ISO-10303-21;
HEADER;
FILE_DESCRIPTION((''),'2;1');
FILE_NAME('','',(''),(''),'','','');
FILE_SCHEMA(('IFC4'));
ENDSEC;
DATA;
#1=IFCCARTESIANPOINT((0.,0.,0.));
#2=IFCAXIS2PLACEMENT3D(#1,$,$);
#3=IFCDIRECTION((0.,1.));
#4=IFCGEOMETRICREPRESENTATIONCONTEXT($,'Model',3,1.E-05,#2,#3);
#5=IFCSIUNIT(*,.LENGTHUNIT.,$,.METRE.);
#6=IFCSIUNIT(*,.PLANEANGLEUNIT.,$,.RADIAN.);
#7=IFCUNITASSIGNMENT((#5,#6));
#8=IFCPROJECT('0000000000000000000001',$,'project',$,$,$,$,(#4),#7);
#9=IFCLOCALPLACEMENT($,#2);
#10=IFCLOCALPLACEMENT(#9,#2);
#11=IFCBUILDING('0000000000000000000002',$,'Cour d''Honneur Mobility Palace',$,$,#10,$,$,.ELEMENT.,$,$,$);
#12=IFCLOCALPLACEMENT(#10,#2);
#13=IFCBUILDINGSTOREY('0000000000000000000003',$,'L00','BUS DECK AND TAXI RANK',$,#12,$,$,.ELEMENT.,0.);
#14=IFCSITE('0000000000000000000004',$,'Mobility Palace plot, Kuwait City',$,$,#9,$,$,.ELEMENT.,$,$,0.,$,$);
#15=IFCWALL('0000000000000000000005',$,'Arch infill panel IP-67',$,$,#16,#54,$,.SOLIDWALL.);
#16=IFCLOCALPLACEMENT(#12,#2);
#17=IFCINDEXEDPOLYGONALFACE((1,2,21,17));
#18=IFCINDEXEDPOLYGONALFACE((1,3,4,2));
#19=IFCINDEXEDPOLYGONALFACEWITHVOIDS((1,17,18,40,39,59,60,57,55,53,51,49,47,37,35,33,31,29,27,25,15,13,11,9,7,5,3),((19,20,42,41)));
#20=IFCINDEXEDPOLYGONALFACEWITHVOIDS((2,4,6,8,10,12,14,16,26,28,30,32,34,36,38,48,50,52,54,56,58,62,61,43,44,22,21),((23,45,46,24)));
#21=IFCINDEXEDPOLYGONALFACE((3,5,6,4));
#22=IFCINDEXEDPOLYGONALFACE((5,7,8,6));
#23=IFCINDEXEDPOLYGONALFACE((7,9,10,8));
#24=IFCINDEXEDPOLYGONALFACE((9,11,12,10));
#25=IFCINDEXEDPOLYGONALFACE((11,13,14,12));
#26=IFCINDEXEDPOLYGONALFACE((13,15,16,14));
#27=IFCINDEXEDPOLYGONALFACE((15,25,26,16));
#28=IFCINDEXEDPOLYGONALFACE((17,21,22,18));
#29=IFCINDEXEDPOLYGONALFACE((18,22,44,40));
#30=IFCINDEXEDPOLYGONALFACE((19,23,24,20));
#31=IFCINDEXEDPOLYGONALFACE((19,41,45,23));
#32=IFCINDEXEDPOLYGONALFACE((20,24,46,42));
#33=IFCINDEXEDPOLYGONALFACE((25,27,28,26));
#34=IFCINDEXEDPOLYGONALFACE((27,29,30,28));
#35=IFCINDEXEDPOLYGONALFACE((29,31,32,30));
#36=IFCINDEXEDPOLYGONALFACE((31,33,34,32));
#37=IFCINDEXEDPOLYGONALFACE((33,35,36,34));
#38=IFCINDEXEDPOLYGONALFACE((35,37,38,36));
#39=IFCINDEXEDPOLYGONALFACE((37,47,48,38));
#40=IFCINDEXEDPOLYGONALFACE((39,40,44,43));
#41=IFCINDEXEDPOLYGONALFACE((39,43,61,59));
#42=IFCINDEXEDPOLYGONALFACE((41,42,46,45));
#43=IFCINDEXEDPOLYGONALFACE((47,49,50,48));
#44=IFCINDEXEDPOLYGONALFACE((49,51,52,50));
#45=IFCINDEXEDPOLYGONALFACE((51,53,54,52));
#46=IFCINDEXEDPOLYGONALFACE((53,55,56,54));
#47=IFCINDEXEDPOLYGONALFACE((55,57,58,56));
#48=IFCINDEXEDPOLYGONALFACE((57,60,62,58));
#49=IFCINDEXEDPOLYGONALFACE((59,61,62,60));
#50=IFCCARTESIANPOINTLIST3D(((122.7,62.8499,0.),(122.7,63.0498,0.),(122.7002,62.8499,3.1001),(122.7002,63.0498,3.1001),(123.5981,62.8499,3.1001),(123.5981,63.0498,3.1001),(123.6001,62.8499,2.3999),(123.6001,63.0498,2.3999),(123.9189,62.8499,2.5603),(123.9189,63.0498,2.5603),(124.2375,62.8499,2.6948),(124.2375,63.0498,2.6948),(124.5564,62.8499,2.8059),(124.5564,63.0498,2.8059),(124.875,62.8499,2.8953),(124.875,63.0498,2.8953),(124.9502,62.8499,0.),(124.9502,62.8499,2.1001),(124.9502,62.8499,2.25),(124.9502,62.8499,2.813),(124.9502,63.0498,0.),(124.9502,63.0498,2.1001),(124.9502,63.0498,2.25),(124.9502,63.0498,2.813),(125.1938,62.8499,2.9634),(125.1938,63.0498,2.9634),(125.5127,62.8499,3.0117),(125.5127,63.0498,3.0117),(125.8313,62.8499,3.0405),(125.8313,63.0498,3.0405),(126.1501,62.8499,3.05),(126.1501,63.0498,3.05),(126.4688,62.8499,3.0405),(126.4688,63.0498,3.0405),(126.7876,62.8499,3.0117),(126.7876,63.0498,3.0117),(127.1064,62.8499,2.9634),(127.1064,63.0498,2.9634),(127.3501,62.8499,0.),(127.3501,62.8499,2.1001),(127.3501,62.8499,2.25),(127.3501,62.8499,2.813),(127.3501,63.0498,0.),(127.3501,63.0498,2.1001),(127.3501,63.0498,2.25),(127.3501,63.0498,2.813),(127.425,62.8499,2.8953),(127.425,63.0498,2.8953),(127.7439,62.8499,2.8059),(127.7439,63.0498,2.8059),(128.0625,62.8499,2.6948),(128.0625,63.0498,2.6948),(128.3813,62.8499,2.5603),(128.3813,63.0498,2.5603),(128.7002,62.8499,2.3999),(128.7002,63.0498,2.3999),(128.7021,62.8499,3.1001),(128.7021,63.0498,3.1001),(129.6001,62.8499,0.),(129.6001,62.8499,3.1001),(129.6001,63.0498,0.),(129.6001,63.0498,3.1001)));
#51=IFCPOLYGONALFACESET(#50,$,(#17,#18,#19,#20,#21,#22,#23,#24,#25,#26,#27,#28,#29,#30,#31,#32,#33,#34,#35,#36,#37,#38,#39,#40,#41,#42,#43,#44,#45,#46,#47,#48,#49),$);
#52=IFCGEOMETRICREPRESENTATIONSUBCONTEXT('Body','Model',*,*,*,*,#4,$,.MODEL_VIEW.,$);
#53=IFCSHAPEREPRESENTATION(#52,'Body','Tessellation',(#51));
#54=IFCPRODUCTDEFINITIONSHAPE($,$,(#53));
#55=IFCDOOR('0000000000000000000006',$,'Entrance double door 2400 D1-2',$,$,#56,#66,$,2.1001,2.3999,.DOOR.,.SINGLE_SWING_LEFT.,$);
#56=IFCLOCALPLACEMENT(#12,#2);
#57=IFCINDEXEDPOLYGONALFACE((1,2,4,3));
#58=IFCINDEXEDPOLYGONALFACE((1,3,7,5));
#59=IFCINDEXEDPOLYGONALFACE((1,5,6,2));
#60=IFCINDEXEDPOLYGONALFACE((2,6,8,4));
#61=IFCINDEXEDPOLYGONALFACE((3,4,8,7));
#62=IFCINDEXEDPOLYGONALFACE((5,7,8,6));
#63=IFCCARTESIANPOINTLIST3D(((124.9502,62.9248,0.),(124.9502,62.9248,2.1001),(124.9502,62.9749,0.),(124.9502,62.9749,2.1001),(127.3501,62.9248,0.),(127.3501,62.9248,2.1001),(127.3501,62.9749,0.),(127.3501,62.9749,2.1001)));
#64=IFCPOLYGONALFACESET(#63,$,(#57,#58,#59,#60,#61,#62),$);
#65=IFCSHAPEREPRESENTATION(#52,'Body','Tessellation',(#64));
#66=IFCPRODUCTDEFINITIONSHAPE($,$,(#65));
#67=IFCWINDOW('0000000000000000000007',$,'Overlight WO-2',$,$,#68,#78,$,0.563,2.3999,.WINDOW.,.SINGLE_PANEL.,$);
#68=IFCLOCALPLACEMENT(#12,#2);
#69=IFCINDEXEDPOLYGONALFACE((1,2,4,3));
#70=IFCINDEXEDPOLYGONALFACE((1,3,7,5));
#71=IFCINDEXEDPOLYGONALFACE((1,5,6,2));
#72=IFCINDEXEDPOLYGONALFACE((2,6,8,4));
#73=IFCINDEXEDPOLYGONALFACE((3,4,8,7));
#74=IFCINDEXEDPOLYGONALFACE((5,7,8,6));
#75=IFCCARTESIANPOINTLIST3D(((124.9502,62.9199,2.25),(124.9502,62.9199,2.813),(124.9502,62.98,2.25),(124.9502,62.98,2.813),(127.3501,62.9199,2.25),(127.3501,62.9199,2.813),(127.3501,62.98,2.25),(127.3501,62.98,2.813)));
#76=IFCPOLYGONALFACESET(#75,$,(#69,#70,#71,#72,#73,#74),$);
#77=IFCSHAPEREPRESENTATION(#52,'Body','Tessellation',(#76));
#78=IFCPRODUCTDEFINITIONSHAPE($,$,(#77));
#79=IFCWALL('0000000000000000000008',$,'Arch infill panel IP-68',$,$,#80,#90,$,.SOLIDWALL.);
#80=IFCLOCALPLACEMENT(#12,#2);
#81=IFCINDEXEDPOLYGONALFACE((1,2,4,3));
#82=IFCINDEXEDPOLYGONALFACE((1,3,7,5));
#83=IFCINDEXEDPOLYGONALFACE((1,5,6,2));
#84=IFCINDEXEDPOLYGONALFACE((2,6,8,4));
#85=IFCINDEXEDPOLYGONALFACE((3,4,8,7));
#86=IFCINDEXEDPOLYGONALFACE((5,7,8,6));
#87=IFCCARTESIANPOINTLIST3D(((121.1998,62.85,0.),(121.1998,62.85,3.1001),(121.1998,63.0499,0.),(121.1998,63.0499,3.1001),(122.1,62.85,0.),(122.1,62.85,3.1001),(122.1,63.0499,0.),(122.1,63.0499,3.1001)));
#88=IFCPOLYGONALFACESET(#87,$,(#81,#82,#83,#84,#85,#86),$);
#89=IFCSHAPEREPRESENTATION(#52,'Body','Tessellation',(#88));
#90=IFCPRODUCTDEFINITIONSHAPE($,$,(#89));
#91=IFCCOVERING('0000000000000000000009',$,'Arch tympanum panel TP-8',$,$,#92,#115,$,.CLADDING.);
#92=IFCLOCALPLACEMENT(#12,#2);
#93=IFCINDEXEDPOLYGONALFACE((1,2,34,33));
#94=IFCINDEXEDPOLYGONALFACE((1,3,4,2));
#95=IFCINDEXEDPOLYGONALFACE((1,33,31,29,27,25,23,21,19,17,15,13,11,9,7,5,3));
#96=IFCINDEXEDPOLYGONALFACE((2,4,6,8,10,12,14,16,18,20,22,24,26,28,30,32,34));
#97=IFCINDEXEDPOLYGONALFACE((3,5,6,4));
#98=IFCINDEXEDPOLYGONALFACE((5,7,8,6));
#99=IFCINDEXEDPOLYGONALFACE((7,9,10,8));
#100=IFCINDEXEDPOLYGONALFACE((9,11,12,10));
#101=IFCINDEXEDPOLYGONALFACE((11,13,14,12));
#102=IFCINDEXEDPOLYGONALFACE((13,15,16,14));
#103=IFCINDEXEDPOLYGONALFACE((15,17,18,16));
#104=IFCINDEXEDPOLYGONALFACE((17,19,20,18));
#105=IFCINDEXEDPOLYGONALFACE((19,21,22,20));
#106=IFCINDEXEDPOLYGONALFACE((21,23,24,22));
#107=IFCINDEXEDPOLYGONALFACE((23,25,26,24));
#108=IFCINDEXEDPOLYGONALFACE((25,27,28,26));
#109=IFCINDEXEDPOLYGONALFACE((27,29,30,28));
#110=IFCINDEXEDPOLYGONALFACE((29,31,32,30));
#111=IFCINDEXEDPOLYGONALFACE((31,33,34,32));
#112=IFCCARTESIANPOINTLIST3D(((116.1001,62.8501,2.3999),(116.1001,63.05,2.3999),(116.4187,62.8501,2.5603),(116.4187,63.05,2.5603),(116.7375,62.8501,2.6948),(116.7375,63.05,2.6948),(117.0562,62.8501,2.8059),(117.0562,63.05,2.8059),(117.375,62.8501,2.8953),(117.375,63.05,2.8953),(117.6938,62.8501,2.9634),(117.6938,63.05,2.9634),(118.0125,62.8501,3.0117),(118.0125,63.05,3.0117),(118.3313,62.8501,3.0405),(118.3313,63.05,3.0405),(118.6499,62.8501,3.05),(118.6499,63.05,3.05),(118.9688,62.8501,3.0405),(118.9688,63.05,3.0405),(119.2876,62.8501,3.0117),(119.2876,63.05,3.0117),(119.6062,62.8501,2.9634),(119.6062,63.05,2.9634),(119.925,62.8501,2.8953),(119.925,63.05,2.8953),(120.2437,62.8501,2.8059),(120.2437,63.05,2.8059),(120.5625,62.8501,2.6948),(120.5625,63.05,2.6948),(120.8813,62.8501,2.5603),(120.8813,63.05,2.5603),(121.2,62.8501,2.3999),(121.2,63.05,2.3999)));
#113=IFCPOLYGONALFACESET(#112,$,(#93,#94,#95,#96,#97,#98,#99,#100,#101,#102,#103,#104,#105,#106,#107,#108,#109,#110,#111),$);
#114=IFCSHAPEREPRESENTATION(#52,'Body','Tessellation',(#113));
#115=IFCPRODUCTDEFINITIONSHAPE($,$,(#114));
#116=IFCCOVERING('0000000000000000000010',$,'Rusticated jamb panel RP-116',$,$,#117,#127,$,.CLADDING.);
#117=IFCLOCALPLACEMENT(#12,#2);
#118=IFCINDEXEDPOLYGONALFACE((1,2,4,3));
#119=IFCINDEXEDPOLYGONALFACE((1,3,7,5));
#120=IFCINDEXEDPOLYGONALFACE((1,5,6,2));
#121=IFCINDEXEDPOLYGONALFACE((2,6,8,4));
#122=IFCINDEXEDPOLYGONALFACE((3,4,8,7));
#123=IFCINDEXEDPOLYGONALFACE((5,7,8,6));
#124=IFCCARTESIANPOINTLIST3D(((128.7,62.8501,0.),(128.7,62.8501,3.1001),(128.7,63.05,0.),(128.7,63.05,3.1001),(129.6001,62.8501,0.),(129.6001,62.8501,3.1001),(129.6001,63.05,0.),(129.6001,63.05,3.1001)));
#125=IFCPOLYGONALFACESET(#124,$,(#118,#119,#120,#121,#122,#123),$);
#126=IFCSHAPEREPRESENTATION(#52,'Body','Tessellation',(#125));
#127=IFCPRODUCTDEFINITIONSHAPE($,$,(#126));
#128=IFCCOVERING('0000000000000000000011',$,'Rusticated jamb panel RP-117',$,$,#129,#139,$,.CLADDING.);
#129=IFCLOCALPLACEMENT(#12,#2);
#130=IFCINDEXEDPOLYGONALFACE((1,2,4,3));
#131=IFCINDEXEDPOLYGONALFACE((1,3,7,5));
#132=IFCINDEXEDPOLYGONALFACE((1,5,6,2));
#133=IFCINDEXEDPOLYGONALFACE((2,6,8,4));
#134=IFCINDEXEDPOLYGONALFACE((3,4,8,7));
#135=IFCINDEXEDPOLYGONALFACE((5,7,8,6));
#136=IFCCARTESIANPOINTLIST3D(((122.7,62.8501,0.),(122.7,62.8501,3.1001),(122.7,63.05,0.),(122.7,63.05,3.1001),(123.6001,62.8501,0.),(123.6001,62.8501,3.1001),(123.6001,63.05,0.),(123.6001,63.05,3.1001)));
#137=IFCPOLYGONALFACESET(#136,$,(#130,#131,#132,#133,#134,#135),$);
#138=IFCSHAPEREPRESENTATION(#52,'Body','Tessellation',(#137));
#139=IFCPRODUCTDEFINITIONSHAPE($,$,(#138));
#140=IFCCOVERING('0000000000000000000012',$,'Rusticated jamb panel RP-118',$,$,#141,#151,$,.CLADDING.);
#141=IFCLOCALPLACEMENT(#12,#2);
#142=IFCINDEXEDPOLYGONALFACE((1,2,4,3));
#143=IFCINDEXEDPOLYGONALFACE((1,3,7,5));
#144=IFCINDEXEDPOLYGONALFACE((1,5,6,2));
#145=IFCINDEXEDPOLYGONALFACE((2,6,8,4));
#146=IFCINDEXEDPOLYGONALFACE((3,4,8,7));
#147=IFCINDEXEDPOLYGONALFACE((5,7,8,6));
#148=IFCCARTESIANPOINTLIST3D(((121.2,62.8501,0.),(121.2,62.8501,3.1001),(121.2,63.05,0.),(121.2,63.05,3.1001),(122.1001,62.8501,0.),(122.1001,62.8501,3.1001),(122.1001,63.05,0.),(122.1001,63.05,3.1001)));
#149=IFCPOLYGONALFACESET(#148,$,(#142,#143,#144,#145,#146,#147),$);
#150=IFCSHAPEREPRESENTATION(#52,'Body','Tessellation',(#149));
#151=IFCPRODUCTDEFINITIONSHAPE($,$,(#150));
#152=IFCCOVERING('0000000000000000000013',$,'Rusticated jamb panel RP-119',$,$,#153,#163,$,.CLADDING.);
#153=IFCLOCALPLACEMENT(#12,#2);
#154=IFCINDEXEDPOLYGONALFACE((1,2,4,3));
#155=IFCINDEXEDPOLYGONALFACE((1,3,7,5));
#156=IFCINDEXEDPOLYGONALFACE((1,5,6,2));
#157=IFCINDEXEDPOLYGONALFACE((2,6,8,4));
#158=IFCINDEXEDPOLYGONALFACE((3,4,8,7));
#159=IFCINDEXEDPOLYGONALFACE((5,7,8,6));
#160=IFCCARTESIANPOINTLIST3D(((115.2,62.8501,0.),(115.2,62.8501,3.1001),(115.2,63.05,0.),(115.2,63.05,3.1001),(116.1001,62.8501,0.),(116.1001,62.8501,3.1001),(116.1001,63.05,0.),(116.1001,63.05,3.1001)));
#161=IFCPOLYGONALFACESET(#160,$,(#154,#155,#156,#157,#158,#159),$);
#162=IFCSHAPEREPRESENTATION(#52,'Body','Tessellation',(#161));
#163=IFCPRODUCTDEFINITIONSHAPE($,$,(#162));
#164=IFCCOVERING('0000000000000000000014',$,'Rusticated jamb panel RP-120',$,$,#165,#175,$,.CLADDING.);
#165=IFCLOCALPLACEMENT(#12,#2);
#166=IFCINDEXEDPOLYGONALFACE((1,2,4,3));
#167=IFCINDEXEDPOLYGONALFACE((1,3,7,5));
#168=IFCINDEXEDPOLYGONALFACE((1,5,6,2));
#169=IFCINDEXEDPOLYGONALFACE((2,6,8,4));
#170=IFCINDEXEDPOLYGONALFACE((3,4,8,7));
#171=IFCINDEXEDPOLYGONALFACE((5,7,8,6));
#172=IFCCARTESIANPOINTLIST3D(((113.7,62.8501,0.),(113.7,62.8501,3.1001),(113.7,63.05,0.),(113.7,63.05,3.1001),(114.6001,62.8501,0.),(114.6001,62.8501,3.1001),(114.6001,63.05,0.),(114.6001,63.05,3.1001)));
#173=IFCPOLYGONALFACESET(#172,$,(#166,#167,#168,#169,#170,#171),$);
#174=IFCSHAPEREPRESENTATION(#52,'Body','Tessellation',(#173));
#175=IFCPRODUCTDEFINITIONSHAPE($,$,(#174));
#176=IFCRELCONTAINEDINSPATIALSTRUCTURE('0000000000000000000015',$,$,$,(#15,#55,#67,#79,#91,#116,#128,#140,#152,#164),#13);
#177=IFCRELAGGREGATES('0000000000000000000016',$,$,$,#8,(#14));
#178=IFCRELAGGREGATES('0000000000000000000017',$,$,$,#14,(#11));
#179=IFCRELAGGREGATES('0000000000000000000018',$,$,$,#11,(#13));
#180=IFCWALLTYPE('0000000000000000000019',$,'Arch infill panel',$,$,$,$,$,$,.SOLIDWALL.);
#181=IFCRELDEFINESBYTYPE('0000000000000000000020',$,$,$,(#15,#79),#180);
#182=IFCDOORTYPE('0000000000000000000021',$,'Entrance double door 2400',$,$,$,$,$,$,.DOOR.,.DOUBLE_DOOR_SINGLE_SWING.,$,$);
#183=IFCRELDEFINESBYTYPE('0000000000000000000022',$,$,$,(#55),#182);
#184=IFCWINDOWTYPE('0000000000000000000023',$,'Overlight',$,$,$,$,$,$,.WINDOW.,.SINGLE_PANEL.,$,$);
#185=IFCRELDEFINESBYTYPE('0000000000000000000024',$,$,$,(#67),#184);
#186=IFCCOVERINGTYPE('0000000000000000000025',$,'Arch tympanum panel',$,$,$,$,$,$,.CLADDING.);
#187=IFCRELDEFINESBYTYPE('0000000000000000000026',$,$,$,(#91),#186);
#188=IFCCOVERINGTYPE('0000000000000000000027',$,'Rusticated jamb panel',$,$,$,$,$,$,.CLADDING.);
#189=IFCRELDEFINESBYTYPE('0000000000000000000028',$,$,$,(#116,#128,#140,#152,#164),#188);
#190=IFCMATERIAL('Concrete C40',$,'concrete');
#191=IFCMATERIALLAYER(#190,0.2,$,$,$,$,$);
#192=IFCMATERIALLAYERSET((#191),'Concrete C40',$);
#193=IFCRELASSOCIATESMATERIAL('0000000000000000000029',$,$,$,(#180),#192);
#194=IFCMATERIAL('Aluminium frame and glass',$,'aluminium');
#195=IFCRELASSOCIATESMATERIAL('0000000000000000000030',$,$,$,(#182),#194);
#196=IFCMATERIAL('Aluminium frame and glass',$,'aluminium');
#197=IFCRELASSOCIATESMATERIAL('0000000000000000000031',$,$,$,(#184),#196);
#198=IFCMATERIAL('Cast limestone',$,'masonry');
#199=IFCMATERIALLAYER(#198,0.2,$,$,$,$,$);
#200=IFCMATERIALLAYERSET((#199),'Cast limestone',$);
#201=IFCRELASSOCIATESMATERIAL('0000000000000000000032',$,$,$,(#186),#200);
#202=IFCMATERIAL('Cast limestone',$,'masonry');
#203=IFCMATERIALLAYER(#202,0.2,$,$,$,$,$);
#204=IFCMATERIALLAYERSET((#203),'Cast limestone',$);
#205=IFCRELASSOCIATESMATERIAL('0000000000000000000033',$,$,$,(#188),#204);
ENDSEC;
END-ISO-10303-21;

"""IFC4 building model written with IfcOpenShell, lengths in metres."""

from ifc_helpers import new_model, si_unit, direction, frame, frame_2d, origin, place, context, subcontext, project, spatial, polyline, rectangle, outline, extrude, material, layer, layer_set, type_object, element, fill, save


model = new_model("IFC4")

# Units and contexts
model_context = context("Model", 3, precision=1e-05, world=origin(), true_north=direction((0.0, 1.0)))
body_context = subcontext(model_context, "Body", "Model", "MODEL_VIEW")
ifc_project = project(units=[si_unit("LENGTHUNIT", "METRE"), si_unit("PLANEANGLEUNIT", "RADIAN")], contexts=[model_context])

# Site, building, storey
site_placement = place(None, origin())
site = spatial("IfcSite", under=ifc_project, at=site_placement, Name="Mobility Palace plot, Kuwait City", CompositionType="ELEMENT", RefElevation=0.0)
building_placement = place(site_placement, origin())
building = spatial("IfcBuilding", under=site, at=building_placement, Name="Cour d'Honneur Mobility Palace", CompositionType="ELEMENT")
storey_placement = place(building_placement, origin())
storey = spatial("IfcBuildingStorey", under=building, at=storey_placement, Name="L00", Description="BUS DECK AND TAXI RANK", CompositionType="ELEMENT", Elevation=0.0)

# Shared definitions
ifc_material_1 = material(Name="Concrete C40", Category="concrete")
ifc_layer_1 = layer(ifc_material_1, 0.2)
ifc_layer_set_1 = layer_set([ifc_layer_1], Name="Concrete C40")
wall_type = type_object("IfcWallType", Name="Arch infill panel", PredefinedType="SOLIDWALL", material=ifc_layer_set_1)

# Wall, openings, door, window
wall_1_placement = place(storey_placement, frame((129.6001, 62.95, 0.0), z_axis=(0.0, 0.0, 1.0), x_axis=(-1.0, 0.0, 0.0)))
wall_1 = element("IfcWall", 1, at=wall_1_placement, inside=storey, type_object=wall_type, Name="Arch infill panel IP-67", PredefinedType="SOLIDWALL", context=body_context, shape_type="SweptSolid", body=[
    extrude(outline(polyline([(0.0, 0.0), (6.9001, 0.0), (6.8999, 3.1001), (6.002, 3.1001), (6.0, 2.3999), (5.6812, 2.5603), (5.3625, 2.6948), (5.0437, 2.8059), (4.7251, 2.8953), (4.4062, 2.9634), (4.0874, 3.0117), (3.7688, 3.0405), (3.45, 3.05), (3.1313, 3.0405), (2.8125, 3.0117), (2.4937, 2.9634), (2.175, 2.8953), (1.8562, 2.8059), (1.5376, 2.6948), (1.2188, 2.5603), (0.8999, 2.3999), (0.8979, 3.1001), (0.0, 3.1001), (0.0, 0.0)])), frame((0.0, 0.1001, 0.0), z_axis=(0.0, -1.0, 0.0), x_axis=(1.0, 0.0, 0.0)), (0.0, 0.0, 1.0), 0.2),
])
opening_1_placement = place(wall_1_placement, frame((2.25, 0.0, 0.0)))
opening_1 = element("IfcOpeningElement", 2, at=opening_1_placement, cuts=wall_1, PredefinedType="OPENING", context=body_context, shape_type="SweptSolid", body=[
    extrude(rectangle(XDim=2.3999, YDim=2.1001, at=frame_2d((1.2, 1.05))), frame((0.0, 0.1099, 0.0), z_axis=(0.0, -1.0, 0.0), x_axis=(1.0, 0.0, 0.0)), (0.0, 0.0, 1.0), 0.22),
])
opening_2_placement = place(wall_1_placement, frame((2.25, 0.0, 2.25)))
opening_2 = element("IfcOpeningElement", 3, at=opening_2_placement, cuts=wall_1, PredefinedType="OPENING", context=body_context, shape_type="SweptSolid", body=[
    extrude(rectangle(XDim=2.3999, YDim=0.563, at=frame_2d((1.2, 0.2815))), frame((0.0, 0.1099, 0.0), z_axis=(0.0, -1.0, 0.0), x_axis=(1.0, 0.0, 0.0)), (0.0, 0.0, 1.0), 0.22),
])
ifc_material_2 = material(Name="Aluminium frame and glass", Category="aluminium")
door_type = type_object("IfcDoorType", Name="Entrance double door 2400", OperationType="DOUBLE_DOOR_SINGLE_SWING", PredefinedType="DOOR", material=ifc_material_2)
door_placement = place(opening_1_placement, frame((2.3999, 0.0, 0.0), z_axis=(0.0, 0.0, 1.0), x_axis=(-1.0, 0.0, 0.0)))
door = element("IfcDoor", 4, at=door_placement, inside=storey, type_object=door_type, Name="Entrance double door 2400 D1-2", OperationType="SINGLE_SWING_LEFT", OverallHeight=2.1001, OverallWidth=2.3999, PredefinedType="DOOR", context=body_context, shape_type="SweptSolid", body=[
    extrude(rectangle(XDim=2.3999, YDim=2.1001, at=frame_2d((1.2, 1.05))), frame((0.0, 0.0249, 0.0), z_axis=(0.0, -1.0, 0.0), x_axis=(1.0, 0.0, 0.0)), (0.0, 0.0, 1.0), 0.05),
])
fill(opening_1, door)
ifc_material_3 = material(Name="Aluminium frame and glass", Category="aluminium")
window_type = type_object("IfcWindowType", Name="Overlight", PartitioningType="SINGLE_PANEL", PredefinedType="WINDOW", material=ifc_material_3)
window_placement = place(opening_2_placement, origin())
window = element("IfcWindow", 5, at=window_placement, inside=storey, type_object=window_type, Name="Overlight WO-2", OverallHeight=0.563, OverallWidth=2.3999, PartitioningType="SINGLE_PANEL", PredefinedType="WINDOW", context=body_context, shape_type="SweptSolid", body=[
    extrude(rectangle(XDim=2.3999, YDim=0.563, at=frame_2d((1.2, 0.2815))), frame((0.0, 0.03, 0.0), z_axis=(0.0, -1.0, 0.0), x_axis=(1.0, 0.0, 0.0)), (0.0, 0.0, 1.0), 0.0601),
])
fill(opening_2, window)

# Wall
wall_2_placement = place(storey_placement, frame((122.1001, 62.95, 0.0), z_axis=(0.0, 0.0, 1.0), x_axis=(-1.0, 0.0, 0.0)))
element("IfcWall", 6, at=wall_2_placement, inside=storey, type_object=wall_type, Name="Arch infill panel IP-68", PredefinedType="SOLIDWALL", context=body_context, shape_type="SweptSolid", body=[
    extrude(rectangle(XDim=0.9001, YDim=0.2, at=frame_2d((0.4502, 0.0))), origin(), (0.0, 0.0, 1.0), 3.1001),
])

# Coverings
ifc_material_4 = material(Name="Cast limestone", Category="masonry")
ifc_layer_2 = layer(ifc_material_4, 0.2)
ifc_layer_set_2 = layer_set([ifc_layer_2], Name="Cast limestone")
covering_type_1 = type_object("IfcCoveringType", Name="Arch tympanum panel", PredefinedType="CLADDING", material=ifc_layer_set_2)
covering_placement = place(storey_placement, frame((121.2, 63.05, 2.3999), z_axis=(0.0, 1.0, 0.0), x_axis=(-1.0, 0.0, 0.0)))
element("IfcCovering", 7, at=covering_placement, inside=storey, type_object=covering_type_1, Name="Arch tympanum panel TP-8", PredefinedType="CLADDING", context=body_context, shape_type="SweptSolid", body=[
    extrude(outline(polyline([(0.0, 0.0), (5.0999, 0.0), (5.0999, 0.0), (4.7812, 0.1604), (4.4624, 0.2949), (4.1438, 0.406), (3.825, 0.4954), (3.5061, 0.5635), (3.1875, 0.6118), (2.8687, 0.6406), (2.55, 0.6501), (2.2312, 0.6406), (1.9124, 0.6118), (1.5938, 0.5635), (1.2749, 0.4954), (0.9563, 0.406), (0.6375, 0.2949), (0.3186, 0.1604), (0.0, 0.0), (0.0, 0.0)])), origin(), (0.0, 0.0, -1.0), 0.2),
])
ifc_material_5 = material(Name="Cast limestone", Category="masonry")
ifc_layer_3 = layer(ifc_material_5, 0.2)
ifc_layer_set_3 = layer_set([ifc_layer_3], Name="Cast limestone")
covering_type_2 = type_object("IfcCoveringType", Name="Rusticated jamb panel", PredefinedType="CLADDING", material=ifc_layer_set_3)
for number, where, z_axis, x_axis, name in (
    (8, (129.6001, 63.05, 0.0), (0.0, 1.0, 0.0), (-1.0, 0.0, 0.0), "Rusticated jamb panel RP-116"),
    (9, (123.6001, 63.05, 0.0), (0.0, 1.0, 0.0), (-1.0, 0.0, 0.0), "Rusticated jamb panel RP-117"),
    (10, (122.1001, 63.05, 0.0), (0.0, 1.0, 0.0), (-1.0, 0.0, 0.0), "Rusticated jamb panel RP-118"),
    (11, (116.1001, 63.05, 0.0), (0.0, 1.0, 0.0), (-1.0, 0.0, 0.0), "Rusticated jamb panel RP-119"),
    (12, (114.6001, 63.05, 0.0), (0.0, 1.0, 0.0), (-1.0, 0.0, 0.0), "Rusticated jamb panel RP-120"),
):
    element("IfcCovering", number, at=place(storey_placement, frame(where, z_axis=z_axis, x_axis=x_axis)), inside=storey, type_object=covering_type_2, Name=name, PredefinedType="CLADDING", context=body_context, shape_type="SweptSolid", body=[
        extrude(outline(polyline([(0.0, 0.0), (0.9001, 0.0), (0.9001, 3.1001), (0.0, 3.1001), (0.0, 0.0)])), origin(), (0.0, 0.0, -1.0), 0.2),
    ])

save(model, "model.ifc")
